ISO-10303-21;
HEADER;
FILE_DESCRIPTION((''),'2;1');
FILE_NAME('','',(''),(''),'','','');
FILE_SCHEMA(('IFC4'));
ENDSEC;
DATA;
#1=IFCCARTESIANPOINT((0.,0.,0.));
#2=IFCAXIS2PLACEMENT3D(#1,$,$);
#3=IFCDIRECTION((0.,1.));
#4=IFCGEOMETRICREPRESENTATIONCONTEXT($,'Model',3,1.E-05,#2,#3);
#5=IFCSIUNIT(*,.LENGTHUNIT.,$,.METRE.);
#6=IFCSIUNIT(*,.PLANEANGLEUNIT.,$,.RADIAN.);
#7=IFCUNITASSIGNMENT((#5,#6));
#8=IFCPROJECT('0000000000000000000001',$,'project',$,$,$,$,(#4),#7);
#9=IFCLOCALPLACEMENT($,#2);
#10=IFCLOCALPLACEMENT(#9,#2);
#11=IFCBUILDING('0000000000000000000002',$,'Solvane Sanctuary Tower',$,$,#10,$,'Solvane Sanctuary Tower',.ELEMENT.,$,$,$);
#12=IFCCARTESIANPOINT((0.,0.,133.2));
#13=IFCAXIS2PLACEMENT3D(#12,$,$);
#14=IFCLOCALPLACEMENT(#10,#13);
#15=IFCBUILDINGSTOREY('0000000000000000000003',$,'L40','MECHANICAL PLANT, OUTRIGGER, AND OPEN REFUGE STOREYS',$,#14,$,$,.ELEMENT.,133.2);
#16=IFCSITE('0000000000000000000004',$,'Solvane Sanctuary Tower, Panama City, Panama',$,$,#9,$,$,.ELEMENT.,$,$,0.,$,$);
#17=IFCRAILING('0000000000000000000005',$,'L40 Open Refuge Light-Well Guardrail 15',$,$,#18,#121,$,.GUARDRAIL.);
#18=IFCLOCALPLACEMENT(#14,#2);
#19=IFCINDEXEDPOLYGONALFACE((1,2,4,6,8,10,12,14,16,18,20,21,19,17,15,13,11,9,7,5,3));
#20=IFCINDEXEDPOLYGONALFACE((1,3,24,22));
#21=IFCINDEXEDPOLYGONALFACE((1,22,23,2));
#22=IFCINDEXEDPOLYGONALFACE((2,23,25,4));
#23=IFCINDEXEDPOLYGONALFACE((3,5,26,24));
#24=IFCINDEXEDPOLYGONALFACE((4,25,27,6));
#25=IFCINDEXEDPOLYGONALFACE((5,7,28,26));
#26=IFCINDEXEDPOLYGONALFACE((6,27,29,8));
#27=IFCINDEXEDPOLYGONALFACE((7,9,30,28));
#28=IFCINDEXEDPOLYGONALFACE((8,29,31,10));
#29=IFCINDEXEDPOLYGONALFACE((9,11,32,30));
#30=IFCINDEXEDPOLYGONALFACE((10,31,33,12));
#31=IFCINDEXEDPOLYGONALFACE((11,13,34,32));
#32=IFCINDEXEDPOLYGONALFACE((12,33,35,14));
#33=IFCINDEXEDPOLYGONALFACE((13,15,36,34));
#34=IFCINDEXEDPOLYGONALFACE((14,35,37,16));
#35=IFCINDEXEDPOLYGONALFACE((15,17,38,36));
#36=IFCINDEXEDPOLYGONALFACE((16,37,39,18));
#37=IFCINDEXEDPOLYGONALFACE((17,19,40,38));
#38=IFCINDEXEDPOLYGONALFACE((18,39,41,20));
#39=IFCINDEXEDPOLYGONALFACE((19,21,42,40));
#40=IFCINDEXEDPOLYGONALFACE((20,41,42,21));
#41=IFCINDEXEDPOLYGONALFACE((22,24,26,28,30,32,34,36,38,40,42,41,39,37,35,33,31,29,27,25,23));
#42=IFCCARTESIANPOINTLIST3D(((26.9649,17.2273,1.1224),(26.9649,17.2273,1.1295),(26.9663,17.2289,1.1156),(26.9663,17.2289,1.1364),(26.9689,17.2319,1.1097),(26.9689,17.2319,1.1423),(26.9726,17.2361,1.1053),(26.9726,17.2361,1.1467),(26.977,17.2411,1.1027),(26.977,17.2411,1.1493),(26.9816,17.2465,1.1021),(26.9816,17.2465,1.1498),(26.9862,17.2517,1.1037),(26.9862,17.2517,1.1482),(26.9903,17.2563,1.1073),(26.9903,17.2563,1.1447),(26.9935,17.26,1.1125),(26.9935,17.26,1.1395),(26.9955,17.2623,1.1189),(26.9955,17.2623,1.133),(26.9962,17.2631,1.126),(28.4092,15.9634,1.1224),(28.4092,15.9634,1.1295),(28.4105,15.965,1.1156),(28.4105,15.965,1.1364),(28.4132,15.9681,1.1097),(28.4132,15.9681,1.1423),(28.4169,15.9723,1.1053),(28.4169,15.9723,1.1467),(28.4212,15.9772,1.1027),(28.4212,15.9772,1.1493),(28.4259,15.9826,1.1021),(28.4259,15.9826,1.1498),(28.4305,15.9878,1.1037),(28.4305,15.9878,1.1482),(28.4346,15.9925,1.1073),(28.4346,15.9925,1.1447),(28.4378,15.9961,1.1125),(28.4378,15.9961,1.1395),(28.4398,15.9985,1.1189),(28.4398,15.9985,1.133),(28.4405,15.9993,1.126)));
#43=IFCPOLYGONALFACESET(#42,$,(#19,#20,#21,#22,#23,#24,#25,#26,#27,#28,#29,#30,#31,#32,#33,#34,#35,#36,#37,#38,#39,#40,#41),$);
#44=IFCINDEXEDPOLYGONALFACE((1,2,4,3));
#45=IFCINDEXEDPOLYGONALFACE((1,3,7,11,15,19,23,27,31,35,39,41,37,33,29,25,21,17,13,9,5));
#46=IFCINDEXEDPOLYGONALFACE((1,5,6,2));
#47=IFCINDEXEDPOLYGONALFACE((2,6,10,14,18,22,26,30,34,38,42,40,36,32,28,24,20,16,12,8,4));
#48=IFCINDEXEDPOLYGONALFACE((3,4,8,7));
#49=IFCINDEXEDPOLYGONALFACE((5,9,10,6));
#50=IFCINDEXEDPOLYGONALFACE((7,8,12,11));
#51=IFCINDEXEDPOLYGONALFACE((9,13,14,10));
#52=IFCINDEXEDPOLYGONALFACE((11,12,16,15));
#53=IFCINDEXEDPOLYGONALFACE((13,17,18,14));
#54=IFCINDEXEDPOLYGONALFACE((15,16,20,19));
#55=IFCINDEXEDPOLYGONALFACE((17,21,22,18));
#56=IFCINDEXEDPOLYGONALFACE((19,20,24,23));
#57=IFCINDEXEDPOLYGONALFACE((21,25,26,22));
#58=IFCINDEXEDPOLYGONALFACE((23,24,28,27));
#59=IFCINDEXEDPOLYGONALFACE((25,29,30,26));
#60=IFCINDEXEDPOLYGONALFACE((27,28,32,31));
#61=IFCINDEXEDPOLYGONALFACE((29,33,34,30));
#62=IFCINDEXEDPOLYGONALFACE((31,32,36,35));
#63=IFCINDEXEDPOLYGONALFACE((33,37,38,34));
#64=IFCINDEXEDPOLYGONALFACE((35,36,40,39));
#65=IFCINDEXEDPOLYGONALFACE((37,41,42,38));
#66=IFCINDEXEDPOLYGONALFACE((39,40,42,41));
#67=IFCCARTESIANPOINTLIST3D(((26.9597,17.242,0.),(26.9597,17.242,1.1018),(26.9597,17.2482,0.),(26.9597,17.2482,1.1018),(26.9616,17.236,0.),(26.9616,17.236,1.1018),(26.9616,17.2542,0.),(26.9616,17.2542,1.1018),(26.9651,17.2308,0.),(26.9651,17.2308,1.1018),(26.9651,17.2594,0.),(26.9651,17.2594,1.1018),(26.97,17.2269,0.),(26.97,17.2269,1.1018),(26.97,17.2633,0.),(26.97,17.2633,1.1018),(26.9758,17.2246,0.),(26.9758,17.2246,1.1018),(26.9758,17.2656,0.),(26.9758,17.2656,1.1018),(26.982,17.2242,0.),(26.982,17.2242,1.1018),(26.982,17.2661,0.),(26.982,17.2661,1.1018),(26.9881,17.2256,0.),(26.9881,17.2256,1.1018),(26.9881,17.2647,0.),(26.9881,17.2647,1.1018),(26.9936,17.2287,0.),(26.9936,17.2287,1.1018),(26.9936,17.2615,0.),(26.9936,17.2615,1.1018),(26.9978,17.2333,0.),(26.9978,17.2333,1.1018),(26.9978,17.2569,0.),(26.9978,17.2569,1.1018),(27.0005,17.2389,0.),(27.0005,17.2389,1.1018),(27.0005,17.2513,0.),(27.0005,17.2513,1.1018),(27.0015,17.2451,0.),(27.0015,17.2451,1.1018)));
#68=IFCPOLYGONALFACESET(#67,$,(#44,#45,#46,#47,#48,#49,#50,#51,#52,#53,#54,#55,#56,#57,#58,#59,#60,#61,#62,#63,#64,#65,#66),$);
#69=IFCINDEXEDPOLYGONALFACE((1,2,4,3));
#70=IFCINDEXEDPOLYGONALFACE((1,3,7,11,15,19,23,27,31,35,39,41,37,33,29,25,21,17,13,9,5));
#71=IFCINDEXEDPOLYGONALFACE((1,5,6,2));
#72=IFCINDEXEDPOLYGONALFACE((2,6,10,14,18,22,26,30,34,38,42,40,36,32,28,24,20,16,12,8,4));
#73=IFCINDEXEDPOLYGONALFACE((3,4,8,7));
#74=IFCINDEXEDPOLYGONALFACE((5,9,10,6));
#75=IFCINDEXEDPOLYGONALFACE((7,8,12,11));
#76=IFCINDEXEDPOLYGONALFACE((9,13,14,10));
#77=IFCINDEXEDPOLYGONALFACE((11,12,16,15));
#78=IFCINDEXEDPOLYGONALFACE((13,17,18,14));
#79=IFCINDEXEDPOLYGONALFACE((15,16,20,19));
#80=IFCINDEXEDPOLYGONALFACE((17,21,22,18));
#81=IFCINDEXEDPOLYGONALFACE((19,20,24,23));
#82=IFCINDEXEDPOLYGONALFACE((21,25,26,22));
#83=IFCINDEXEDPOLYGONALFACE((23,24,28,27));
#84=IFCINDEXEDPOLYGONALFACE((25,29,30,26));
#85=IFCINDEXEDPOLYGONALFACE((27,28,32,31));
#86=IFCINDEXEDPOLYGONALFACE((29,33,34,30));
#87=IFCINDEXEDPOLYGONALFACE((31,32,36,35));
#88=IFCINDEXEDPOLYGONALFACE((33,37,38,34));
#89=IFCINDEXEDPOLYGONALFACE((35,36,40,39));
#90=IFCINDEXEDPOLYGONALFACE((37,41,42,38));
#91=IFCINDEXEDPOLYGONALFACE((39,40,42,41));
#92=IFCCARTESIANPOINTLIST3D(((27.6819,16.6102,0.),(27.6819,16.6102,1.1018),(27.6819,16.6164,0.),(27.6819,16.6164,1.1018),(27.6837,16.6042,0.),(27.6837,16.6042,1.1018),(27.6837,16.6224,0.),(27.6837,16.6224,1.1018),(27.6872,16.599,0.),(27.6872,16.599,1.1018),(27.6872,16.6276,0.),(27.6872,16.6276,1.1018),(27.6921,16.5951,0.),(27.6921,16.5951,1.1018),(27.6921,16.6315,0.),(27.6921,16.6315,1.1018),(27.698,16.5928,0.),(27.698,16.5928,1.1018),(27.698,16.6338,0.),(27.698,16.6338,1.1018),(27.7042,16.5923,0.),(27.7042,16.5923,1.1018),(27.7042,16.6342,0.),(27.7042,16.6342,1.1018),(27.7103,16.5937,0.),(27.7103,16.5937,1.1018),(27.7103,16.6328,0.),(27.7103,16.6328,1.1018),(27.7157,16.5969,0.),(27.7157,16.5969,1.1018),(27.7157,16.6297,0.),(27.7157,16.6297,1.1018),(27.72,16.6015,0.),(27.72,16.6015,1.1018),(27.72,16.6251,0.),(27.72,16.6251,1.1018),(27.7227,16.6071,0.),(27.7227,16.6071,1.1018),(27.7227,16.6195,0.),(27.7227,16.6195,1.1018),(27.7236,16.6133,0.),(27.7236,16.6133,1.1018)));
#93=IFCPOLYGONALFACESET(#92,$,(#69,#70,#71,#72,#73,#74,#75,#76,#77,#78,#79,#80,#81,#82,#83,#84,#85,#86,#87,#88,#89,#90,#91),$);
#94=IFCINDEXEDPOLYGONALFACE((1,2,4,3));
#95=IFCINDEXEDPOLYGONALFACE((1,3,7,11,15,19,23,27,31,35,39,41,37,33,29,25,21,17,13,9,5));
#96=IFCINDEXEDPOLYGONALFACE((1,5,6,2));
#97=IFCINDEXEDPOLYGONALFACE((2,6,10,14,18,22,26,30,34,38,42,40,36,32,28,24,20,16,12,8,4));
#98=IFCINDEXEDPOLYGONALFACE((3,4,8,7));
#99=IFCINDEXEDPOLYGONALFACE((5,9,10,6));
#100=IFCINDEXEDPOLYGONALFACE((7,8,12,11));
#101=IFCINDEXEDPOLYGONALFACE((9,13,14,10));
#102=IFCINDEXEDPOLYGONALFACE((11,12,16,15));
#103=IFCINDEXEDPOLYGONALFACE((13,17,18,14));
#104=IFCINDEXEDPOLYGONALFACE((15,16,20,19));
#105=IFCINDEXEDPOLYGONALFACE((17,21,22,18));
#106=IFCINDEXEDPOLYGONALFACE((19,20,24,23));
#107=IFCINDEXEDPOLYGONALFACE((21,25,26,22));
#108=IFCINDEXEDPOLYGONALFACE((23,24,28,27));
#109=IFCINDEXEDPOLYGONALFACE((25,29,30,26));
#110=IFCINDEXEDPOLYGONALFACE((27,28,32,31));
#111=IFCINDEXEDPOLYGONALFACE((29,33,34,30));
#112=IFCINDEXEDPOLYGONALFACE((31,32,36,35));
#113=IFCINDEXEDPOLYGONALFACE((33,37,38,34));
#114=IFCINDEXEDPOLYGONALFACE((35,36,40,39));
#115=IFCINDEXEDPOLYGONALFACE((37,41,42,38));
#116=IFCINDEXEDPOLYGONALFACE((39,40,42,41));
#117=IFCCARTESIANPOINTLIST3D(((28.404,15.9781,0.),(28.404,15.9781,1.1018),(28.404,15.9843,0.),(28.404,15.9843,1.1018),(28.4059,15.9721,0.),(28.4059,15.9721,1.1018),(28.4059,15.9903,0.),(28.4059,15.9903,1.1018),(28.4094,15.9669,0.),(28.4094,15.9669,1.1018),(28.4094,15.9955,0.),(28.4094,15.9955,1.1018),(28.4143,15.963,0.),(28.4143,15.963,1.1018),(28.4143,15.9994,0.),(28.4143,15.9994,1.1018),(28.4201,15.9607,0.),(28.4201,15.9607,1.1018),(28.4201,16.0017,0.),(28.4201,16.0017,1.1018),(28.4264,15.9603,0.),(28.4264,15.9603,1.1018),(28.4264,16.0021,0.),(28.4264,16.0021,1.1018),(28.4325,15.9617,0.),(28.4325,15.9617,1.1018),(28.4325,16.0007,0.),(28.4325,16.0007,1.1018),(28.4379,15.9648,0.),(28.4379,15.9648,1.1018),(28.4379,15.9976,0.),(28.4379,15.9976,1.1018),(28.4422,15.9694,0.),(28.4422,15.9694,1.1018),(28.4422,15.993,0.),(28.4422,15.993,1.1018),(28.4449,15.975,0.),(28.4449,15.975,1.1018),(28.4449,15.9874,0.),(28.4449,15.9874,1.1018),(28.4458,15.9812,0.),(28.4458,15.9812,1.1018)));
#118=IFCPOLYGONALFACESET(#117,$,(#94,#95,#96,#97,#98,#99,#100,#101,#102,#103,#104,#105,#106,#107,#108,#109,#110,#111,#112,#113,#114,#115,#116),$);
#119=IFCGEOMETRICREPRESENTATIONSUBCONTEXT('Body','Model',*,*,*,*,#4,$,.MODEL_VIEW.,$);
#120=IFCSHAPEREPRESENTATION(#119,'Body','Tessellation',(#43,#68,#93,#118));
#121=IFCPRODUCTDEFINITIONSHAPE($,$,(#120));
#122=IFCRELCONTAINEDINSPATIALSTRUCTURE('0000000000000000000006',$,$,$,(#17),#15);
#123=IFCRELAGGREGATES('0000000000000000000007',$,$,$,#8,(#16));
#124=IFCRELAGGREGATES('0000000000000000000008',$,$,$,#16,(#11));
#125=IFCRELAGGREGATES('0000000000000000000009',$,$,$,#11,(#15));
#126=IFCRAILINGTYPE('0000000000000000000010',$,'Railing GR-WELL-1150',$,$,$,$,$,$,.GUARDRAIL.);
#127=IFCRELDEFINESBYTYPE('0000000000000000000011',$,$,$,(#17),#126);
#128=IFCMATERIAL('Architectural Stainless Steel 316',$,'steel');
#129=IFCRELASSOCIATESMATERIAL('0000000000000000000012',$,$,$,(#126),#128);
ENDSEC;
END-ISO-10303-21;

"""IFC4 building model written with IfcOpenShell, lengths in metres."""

from ifc_helpers import new_model, si_unit, direction, frame, origin, origin_2d, place, context, subcontext, project, spatial, circle, extrude, material, type_object, element, save


model = new_model("IFC4")

# Units and contexts
model_context = context("Model", 3, precision=1e-05, world=origin(), true_north=direction((0.0, 1.0)))
body_context = subcontext(model_context, "Body", "Model", "MODEL_VIEW")
ifc_project = project(units=[si_unit("LENGTHUNIT", "METRE"), si_unit("PLANEANGLEUNIT", "RADIAN")], contexts=[model_context])

# Site, building, storey
site_placement = place(None, origin())
site = spatial("IfcSite", under=ifc_project, at=site_placement, Name="Solvane Sanctuary Tower, Panama City, Panama", CompositionType="ELEMENT", RefElevation=0.0)
building_placement = place(site_placement, origin())
building = spatial("IfcBuilding", under=site, at=building_placement, Name="Solvane Sanctuary Tower", LongName="Solvane Sanctuary Tower", CompositionType="ELEMENT")
storey_placement = place(building_placement, frame((0.0, 0.0, 133.2)))
storey = spatial("IfcBuildingStorey", under=building, at=storey_placement, Name="L40", Description="MECHANICAL PLANT, OUTRIGGER, AND OPEN REFUGE STOREYS", CompositionType="ELEMENT", Elevation=133.2)

# Shared definitions
ifc_material_1 = material(Name="Architectural Stainless Steel 316", Category="steel")

# Railing
railing_type_1 = type_object("IfcRailingType", Name="Railing GR-WELL-1150", PredefinedType="GUARDRAIL", material=ifc_material_1)
railing_1_placement = place(storey_placement, frame((26.9805, 17.2451, 0.0)))
element("IfcRailing", 1, at=railing_1_placement, inside=storey, type_object=railing_type_1, Name="L40 Open Refuge Light-Well Guardrail 15", PredefinedType="GUARDRAIL", context=body_context, shape_type="SweptSolid", body=[
    extrude(circle(Radius=0.0239, at=origin_2d()), frame((0.0, 0.0, 1.126), z_axis=(0.752545, -0.658541, 0.0), x_axis=(0.658541, 0.752545, 0.0)), (0.0, 0.0, 1.0), 1.9192),
    extrude(circle(Radius=0.021, at=origin_2d()), origin(), (0.0, 0.0, 1.0), 1.1018),
    extrude(circle(Radius=0.021, at=origin_2d()), frame((0.7222, -0.6318, 0.0)), (0.0, 0.0, 1.0), 1.1018),
    extrude(circle(Radius=0.021, at=origin_2d()), frame((1.4443, -1.2639, 0.0)), (0.0, 0.0, 1.0), 1.1018),
])

save(model, "model.ifc")
